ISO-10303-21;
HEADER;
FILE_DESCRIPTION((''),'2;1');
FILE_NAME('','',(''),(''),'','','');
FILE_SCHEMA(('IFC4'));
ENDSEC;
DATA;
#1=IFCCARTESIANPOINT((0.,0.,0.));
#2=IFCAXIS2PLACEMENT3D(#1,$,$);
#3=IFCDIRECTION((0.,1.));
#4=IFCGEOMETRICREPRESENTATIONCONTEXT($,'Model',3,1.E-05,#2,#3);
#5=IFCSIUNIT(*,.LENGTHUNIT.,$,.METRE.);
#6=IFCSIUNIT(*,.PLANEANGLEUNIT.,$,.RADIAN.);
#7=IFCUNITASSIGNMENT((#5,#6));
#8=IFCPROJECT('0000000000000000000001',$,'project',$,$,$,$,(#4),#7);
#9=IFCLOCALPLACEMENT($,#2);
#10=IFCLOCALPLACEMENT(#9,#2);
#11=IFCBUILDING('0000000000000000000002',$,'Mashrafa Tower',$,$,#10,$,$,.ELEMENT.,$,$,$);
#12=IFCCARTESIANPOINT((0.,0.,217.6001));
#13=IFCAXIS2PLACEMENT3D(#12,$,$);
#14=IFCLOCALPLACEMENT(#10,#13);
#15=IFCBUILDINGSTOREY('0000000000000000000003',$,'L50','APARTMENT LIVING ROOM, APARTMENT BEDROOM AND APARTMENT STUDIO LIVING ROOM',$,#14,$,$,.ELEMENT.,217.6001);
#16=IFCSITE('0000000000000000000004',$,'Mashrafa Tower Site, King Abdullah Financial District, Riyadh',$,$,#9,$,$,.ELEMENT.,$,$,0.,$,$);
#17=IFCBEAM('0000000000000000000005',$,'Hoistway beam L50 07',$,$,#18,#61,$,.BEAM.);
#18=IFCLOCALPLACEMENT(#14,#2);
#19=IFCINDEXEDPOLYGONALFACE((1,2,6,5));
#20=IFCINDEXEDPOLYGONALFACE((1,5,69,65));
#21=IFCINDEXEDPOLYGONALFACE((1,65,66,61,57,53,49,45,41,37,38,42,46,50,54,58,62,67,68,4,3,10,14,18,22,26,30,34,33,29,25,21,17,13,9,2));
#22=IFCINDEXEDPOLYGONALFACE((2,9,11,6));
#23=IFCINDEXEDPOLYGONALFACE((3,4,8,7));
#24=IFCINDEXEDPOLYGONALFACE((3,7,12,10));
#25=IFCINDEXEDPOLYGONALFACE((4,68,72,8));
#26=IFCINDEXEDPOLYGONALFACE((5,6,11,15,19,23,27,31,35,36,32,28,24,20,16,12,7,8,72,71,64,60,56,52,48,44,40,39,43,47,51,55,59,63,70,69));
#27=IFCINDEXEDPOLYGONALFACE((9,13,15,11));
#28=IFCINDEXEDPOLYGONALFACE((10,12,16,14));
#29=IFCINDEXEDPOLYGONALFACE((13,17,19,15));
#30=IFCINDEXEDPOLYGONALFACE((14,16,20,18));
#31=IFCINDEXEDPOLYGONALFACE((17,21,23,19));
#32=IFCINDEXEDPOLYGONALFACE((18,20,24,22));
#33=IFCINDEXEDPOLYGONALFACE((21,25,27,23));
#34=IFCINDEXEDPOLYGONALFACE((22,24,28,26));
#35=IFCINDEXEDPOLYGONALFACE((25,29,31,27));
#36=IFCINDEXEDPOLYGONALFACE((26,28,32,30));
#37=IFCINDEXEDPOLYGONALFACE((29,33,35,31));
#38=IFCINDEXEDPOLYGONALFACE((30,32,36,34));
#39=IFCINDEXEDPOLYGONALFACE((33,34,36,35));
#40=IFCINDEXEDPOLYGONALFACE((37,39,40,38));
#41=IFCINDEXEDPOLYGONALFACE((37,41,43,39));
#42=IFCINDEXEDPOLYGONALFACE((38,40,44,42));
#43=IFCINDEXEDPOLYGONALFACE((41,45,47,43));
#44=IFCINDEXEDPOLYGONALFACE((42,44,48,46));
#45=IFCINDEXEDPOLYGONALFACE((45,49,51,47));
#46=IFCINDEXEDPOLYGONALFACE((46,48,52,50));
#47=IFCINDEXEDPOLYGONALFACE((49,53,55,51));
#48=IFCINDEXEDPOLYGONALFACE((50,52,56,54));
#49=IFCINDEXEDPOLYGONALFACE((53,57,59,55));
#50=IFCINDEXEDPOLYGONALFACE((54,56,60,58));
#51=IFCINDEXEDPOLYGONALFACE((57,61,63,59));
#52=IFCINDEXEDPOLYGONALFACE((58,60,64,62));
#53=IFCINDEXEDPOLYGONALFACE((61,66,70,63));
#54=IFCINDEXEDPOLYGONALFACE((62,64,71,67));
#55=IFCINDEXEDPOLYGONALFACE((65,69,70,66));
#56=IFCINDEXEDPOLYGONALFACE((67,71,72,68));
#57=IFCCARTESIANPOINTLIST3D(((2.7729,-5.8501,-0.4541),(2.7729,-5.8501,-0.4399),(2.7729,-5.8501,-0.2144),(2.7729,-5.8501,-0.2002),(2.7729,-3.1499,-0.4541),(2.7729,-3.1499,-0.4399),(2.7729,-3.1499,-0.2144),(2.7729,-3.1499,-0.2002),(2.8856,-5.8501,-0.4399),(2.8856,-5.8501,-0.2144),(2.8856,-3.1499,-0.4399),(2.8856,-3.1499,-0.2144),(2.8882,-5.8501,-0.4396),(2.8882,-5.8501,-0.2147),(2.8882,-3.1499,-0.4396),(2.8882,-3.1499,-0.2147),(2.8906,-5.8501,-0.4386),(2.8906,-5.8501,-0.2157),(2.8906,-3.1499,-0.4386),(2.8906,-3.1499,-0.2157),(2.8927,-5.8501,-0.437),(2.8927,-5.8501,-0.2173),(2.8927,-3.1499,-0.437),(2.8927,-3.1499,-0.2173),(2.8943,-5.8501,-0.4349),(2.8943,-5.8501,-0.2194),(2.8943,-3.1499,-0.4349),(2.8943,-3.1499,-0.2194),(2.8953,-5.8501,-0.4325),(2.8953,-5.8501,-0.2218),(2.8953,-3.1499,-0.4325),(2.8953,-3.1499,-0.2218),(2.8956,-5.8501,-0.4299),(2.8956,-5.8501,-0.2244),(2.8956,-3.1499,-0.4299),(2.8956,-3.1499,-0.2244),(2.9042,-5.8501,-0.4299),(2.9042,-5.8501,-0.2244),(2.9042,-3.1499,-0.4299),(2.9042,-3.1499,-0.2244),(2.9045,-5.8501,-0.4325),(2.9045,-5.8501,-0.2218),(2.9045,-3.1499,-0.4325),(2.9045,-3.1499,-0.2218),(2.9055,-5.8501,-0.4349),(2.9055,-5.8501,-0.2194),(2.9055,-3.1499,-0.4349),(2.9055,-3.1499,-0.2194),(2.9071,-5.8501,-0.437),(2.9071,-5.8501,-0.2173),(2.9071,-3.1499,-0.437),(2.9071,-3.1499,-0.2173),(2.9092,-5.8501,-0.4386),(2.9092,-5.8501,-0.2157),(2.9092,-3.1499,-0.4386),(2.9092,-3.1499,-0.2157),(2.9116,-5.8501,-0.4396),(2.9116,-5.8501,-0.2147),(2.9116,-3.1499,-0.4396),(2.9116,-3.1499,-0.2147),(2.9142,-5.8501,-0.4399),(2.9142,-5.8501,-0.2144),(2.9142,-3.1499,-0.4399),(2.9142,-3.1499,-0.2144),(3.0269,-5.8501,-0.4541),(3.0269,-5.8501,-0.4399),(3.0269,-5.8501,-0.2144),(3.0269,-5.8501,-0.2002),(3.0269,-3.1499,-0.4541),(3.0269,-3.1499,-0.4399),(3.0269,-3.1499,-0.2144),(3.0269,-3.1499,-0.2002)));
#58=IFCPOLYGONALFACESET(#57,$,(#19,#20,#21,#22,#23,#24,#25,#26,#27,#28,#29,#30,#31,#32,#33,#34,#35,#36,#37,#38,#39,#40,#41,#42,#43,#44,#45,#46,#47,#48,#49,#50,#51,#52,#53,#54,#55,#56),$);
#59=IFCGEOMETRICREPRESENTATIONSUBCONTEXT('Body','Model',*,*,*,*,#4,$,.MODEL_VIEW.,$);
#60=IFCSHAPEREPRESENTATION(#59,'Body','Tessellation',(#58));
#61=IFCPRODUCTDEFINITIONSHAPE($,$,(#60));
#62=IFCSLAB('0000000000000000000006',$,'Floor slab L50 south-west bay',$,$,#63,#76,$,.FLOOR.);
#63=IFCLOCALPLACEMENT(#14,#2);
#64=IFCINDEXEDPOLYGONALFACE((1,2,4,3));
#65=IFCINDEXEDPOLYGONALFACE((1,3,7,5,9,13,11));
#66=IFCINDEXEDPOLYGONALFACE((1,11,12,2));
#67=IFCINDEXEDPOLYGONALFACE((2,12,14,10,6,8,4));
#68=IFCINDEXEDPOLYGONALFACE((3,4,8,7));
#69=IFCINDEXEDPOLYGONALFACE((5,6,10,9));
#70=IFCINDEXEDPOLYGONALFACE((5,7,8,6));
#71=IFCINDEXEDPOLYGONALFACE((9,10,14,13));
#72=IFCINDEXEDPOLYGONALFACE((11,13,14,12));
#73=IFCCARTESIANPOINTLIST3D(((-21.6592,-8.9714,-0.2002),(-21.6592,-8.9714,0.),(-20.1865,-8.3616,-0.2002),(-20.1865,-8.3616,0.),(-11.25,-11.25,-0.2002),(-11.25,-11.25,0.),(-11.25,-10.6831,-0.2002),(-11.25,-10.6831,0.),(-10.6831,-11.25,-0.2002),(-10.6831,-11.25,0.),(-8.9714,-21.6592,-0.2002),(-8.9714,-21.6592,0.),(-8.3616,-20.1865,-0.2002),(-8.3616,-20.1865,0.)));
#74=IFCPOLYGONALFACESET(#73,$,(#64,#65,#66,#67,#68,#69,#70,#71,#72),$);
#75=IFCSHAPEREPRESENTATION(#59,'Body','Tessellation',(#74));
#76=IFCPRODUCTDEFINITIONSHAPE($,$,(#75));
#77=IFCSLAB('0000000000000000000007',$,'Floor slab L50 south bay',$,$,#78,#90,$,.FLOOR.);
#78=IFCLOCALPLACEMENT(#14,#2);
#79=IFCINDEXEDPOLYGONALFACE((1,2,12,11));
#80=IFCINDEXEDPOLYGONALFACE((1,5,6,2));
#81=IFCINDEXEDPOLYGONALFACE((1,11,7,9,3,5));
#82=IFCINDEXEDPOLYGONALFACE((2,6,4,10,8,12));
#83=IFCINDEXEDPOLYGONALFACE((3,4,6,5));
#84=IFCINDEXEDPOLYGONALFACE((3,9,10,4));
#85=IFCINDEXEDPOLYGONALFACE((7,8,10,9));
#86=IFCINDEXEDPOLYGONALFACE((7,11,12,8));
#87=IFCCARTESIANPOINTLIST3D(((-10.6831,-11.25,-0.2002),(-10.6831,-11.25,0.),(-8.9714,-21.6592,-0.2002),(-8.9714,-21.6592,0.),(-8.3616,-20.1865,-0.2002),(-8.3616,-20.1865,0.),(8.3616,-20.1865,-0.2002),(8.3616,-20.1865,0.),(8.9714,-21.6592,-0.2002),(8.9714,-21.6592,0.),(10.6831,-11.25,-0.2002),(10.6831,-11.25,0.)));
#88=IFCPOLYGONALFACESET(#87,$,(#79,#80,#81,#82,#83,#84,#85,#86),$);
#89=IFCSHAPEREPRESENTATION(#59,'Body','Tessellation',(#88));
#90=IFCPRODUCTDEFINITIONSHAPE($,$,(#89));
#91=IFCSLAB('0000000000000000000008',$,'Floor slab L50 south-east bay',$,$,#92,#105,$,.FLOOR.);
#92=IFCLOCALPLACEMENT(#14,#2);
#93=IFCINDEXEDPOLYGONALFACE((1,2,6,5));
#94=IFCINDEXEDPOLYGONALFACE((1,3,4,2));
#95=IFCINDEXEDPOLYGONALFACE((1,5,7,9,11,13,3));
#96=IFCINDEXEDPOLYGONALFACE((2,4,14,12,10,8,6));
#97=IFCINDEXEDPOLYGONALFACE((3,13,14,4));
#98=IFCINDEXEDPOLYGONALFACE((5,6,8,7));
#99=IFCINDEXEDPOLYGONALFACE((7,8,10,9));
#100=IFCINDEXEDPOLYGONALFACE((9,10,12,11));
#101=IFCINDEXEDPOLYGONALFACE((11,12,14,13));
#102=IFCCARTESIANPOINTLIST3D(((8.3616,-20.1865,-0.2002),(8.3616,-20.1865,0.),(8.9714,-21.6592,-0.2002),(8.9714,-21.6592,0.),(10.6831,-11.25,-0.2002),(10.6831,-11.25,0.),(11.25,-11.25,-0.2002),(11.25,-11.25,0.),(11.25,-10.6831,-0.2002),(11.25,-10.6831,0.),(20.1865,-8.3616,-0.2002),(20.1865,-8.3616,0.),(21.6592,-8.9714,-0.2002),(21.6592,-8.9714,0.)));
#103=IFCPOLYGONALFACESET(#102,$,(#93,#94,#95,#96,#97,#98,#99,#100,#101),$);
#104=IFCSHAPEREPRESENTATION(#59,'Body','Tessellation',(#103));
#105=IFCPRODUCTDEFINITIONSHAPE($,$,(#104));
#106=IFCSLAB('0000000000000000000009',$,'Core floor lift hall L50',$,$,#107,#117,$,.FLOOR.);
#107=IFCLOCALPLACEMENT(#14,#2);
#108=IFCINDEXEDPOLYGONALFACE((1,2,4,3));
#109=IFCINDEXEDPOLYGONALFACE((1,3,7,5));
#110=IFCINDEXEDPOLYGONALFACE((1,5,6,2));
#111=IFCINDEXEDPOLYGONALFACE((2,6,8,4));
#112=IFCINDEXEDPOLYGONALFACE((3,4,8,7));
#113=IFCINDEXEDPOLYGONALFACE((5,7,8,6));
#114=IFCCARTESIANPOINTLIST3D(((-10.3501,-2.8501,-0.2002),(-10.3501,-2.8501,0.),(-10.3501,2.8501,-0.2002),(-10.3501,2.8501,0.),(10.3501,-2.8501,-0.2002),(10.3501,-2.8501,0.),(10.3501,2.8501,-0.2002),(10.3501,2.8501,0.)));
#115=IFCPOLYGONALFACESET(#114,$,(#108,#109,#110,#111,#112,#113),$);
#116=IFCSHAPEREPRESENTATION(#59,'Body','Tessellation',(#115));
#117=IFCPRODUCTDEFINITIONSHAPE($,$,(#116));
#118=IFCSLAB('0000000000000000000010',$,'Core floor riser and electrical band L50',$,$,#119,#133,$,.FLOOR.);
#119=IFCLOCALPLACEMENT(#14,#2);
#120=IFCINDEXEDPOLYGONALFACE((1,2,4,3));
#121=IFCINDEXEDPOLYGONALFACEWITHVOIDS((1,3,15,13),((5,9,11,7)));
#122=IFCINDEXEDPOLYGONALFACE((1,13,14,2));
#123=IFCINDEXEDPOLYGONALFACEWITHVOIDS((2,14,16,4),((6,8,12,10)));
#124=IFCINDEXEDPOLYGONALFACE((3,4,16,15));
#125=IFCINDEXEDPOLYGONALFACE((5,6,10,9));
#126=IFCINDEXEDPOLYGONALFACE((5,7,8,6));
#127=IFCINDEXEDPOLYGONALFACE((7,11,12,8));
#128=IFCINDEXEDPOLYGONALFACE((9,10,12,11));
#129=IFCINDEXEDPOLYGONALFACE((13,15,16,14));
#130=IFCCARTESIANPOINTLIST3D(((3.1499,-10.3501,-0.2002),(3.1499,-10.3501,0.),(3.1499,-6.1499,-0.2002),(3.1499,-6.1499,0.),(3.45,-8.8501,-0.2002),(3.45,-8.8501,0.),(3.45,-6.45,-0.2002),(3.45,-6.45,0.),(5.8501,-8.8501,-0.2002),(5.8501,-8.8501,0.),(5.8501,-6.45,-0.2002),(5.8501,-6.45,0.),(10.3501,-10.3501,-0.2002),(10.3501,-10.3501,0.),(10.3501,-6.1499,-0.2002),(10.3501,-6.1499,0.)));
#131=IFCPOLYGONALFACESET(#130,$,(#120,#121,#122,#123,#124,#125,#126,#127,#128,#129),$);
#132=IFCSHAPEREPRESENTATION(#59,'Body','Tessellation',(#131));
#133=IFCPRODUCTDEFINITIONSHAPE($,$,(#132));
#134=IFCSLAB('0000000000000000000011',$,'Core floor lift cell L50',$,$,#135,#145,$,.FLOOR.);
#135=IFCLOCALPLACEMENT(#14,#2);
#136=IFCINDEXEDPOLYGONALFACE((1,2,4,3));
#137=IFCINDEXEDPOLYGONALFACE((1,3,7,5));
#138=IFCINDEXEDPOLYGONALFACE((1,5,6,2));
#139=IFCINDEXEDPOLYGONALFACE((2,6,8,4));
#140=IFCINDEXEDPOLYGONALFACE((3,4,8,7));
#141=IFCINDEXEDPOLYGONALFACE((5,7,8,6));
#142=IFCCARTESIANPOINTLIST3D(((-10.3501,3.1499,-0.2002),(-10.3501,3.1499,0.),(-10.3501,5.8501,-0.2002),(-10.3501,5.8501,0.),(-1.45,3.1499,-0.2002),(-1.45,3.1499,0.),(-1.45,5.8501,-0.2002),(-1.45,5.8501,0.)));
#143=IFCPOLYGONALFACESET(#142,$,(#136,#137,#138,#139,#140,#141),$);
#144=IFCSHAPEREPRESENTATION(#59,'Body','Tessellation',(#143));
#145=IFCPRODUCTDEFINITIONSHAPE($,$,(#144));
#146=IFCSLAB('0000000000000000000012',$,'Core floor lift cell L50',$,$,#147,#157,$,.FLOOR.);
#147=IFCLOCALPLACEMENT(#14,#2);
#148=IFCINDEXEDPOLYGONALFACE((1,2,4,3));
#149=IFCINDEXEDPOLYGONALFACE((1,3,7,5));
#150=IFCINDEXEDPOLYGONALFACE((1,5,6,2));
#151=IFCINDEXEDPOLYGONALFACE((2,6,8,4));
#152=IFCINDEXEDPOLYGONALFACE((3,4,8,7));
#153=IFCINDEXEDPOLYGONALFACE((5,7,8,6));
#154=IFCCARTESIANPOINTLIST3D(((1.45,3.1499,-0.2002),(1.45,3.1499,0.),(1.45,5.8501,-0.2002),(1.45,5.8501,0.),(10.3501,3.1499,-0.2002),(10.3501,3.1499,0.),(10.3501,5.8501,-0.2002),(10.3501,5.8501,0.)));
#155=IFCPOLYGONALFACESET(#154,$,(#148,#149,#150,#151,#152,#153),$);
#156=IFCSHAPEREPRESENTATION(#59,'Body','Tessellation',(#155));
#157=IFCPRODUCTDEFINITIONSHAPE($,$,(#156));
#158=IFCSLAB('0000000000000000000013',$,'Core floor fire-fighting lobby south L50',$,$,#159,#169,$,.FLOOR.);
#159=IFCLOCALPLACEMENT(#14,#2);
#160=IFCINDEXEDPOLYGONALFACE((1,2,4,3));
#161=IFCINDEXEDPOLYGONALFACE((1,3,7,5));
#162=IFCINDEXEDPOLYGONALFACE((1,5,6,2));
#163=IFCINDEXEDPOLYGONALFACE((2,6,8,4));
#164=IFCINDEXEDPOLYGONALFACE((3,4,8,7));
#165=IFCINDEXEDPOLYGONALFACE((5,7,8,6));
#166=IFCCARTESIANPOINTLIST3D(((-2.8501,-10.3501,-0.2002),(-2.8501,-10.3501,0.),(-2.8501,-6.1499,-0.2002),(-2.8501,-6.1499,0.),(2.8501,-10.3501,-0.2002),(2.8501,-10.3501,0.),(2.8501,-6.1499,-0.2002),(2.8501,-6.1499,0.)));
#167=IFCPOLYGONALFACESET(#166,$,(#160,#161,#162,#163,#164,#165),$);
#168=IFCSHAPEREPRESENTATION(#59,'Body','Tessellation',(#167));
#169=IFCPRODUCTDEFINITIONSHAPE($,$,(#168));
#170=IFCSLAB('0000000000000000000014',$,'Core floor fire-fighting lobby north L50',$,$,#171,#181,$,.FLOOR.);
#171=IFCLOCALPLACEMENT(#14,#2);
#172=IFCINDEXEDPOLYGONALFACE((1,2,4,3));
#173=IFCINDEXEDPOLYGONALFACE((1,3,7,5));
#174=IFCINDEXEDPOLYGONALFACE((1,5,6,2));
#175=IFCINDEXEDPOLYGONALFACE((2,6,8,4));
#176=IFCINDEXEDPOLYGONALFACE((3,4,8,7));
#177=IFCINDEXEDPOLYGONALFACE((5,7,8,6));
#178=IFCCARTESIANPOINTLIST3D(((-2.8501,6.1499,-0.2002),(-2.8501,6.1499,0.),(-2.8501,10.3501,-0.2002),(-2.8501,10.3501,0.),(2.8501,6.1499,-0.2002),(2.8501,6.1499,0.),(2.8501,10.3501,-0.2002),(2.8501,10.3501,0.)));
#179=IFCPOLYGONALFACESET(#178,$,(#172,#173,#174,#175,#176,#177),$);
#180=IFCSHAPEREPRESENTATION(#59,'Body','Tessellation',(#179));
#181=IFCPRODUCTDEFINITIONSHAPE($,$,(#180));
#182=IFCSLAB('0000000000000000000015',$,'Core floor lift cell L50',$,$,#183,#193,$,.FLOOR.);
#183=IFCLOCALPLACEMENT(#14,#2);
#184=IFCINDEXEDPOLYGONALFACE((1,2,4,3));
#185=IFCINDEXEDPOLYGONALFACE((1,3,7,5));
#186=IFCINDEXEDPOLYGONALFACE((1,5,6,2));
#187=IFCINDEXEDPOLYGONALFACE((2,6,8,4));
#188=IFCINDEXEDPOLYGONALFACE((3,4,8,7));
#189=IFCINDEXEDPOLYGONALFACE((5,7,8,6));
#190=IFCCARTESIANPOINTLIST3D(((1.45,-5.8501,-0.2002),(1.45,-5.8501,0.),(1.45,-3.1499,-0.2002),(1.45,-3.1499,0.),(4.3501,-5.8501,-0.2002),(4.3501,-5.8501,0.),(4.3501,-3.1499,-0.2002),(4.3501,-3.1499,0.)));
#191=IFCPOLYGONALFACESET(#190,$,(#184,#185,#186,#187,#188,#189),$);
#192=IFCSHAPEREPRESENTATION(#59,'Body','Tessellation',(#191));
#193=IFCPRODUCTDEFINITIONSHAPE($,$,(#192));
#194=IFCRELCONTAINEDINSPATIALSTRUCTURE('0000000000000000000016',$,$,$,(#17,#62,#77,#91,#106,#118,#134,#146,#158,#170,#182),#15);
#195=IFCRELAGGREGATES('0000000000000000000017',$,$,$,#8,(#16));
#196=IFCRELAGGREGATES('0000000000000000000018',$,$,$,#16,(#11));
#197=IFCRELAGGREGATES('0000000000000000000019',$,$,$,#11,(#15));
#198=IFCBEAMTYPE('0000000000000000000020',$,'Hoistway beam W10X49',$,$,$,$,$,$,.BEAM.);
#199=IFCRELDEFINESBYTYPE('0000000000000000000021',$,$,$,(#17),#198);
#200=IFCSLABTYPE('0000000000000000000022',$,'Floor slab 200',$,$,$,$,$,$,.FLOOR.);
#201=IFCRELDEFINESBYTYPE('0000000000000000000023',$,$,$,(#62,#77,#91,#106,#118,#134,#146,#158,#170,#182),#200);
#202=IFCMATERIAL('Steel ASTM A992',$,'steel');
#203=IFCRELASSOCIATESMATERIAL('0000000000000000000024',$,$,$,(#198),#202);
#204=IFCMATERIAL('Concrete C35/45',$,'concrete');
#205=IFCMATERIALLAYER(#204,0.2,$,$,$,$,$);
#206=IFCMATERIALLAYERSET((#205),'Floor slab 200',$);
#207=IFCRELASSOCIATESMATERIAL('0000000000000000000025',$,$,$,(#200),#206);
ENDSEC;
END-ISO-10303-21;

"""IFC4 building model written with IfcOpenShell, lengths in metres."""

from ifc_helpers import new_model, si_unit, direction, frame, origin, origin_2d, place, context, subcontext, project, spatial, polyline, i_section, outline, extrude, material, layer, layer_set, material_profile, profile_set, type_object, element, save


model = new_model("IFC4")

# Units and contexts
model_context = context("Model", 3, precision=1e-05, world=origin(), true_north=direction((0.0, 1.0)))
body_context = subcontext(model_context, "Body", "Model", "MODEL_VIEW")
ifc_project = project(units=[si_unit("LENGTHUNIT", "METRE"), si_unit("PLANEANGLEUNIT", "RADIAN")], contexts=[model_context])

# Site, building, storey
site_placement = place(None, origin())
site = spatial("IfcSite", under=ifc_project, at=site_placement, Name="Mashrafa Tower Site, King Abdullah Financial District, Riyadh", CompositionType="ELEMENT", RefElevation=0.0)
building_placement = place(site_placement, origin())
building = spatial("IfcBuilding", under=site, at=building_placement, Name="Mashrafa Tower", CompositionType="ELEMENT")
storey_placement = place(building_placement, frame((0.0, 0.0, 217.6001)))
storey = spatial("IfcBuildingStorey", under=building, at=storey_placement, Name="L50", Description="APARTMENT LIVING ROOM, APARTMENT BEDROOM AND APARTMENT STUDIO LIVING ROOM", CompositionType="ELEMENT", Elevation=217.6001)

# Beam
ifc_material_1 = material(Name="Steel ASTM A992", Category="steel")
ifc_material_profile = material_profile(ifc_material_1, i_section(OverallWidth=0.2539, OverallDepth=0.2539, WebThickness=0.0085, FlangeThickness=0.0142, FilletRadius=0.01, at=origin_2d()), Name="W10X49")
ifc_profile_set = profile_set([ifc_material_profile], Name="Steel ASTM A992")
beam_type = type_object("IfcBeamType", Name="Hoistway beam W10X49", PredefinedType="BEAM", material=ifc_profile_set)
beam_placement = place(storey_placement, frame((2.8999, -5.8501, -0.3271), z_axis=(0.0, 1.0, 0.0), x_axis=(-1.0, 0.0, 0.0)))
element("IfcBeam", 1, at=beam_placement, inside=storey, type_object=beam_type, Name="Hoistway beam L50 07", PredefinedType="BEAM", context=body_context, shape_type="SweptSolid", body=[
    extrude(i_section(OverallWidth=0.2539, OverallDepth=0.2539, WebThickness=0.0085, FlangeThickness=0.0142, FilletRadius=0.01, at=origin_2d()), origin(), (0.0, 0.0, 1.0), 2.7002),
])

# Slabs
ifc_material_2 = material(Name="Concrete C35/45", Category="concrete")
ifc_layer_1 = layer(ifc_material_2, 0.2)
ifc_layer_set_1 = layer_set([ifc_layer_1], Name="Floor slab 200")
slab_type = type_object("IfcSlabType", Name="Floor slab 200", PredefinedType="FLOOR", material=ifc_layer_set_1)
slab_1_placement = place(storey_placement, frame((0.0, 0.0, -0.2002)))
element("IfcSlab", 2, at=slab_1_placement, inside=storey, type_object=slab_type, Name="Floor slab L50 south-west bay", PredefinedType="FLOOR", context=body_context, shape_type="SweptSolid", body=[
    extrude(outline(polyline([(-21.6592, -8.9714), (-20.1865, -8.3616), (-11.25, -10.6831), (-11.25, -11.25), (-10.6831, -11.25), (-8.3616, -20.1865), (-8.9714, -21.6592), (-21.6592, -8.9714)])), origin(), (0.0, 0.0, 1.0), 0.2002),
])
slab_2_placement = place(storey_placement, frame((0.0, 0.0, -0.2002)))
element("IfcSlab", 3, at=slab_2_placement, inside=storey, type_object=slab_type, Name="Floor slab L50 south bay", PredefinedType="FLOOR", context=body_context, shape_type="SweptSolid", body=[
    extrude(outline(polyline([(-8.9714, -21.6592), (-8.9714, -21.6592), (-8.3616, -20.1865), (-10.6831, -11.25), (10.6831, -11.25), (8.3616, -20.1865), (8.9714, -21.6592), (8.9714, -21.6592), (-8.9714, -21.6592)])), origin(), (0.0, 0.0, 1.0), 0.2002),
])
slab_3_placement = place(storey_placement, frame((0.0, 0.0, -0.2002)))
element("IfcSlab", 4, at=slab_3_placement, inside=storey, type_object=slab_type, Name="Floor slab L50 south-east bay", PredefinedType="FLOOR", context=body_context, shape_type="SweptSolid", body=[
    extrude(outline(polyline([(8.9714, -21.6592), (8.3616, -20.1865), (10.6831, -11.25), (11.25, -11.25), (11.25, -10.6831), (20.1865, -8.3616), (21.6592, -8.9714), (8.9714, -21.6592)])), origin(), (0.0, 0.0, 1.0), 0.2002),
])
slab_4_placement = place(storey_placement, frame((0.0, 0.0, -0.2002)))
element("IfcSlab", 5, at=slab_4_placement, inside=storey, type_object=slab_type, Name="Core floor lift hall L50", PredefinedType="FLOOR", context=body_context, shape_type="SweptSolid", body=[
    extrude(outline(polyline([(-10.3501, 2.8501), (10.3501, 2.8501), (10.3501, -2.8501), (-10.3501, -2.8501), (-10.3501, 2.8501)])), origin(), (0.0, 0.0, 1.0), 0.2002),
])
slab_5_placement = place(storey_placement, frame((0.0, 0.0, -0.2002)))
element("IfcSlab", 6, at=slab_5_placement, inside=storey, type_object=slab_type, Name="Core floor riser and electrical band L50", PredefinedType="FLOOR", context=body_context, shape_type="SweptSolid", body=[
    extrude(outline(polyline([(10.3501, -6.1499), (10.3501, -10.3501), (3.1499, -10.3501), (3.1499, -6.1499), (10.3501, -6.1499)]), holes=[polyline([(3.45, -8.8501), (5.8501, -8.8501), (5.8501, -6.45), (3.45, -6.45), (3.45, -8.8501)])]), origin(), (0.0, 0.0, 1.0), 0.2002),
])
slab_6_placement = place(storey_placement, frame((0.0, 0.0, -0.2002)))
element("IfcSlab", 7, at=slab_6_placement, inside=storey, type_object=slab_type, Name="Core floor lift cell L50", PredefinedType="FLOOR", context=body_context, shape_type="SweptSolid", body=[
    extrude(outline(polyline([(-10.3501, 5.8501), (-1.45, 5.8501), (-1.45, 3.1499), (-10.3501, 3.1499), (-10.3501, 5.8501)])), origin(), (0.0, 0.0, 1.0), 0.2002),
])
slab_7_placement = place(storey_placement, frame((0.0, 0.0, -0.2002)))
element("IfcSlab", 8, at=slab_7_placement, inside=storey, type_object=slab_type, Name="Core floor lift cell L50", PredefinedType="FLOOR", context=body_context, shape_type="SweptSolid", body=[
    extrude(outline(polyline([(1.45, 5.8501), (10.3501, 5.8501), (10.3501, 3.1499), (1.45, 3.1499), (1.45, 5.8501)])), origin(), (0.0, 0.0, 1.0), 0.2002),
])
slab_8_placement = place(storey_placement, frame((0.0, 0.0, -0.2002)))
element("IfcSlab", 9, at=slab_8_placement, inside=storey, type_object=slab_type, Name="Core floor fire-fighting lobby south L50", PredefinedType="FLOOR", context=body_context, shape_type="SweptSolid", body=[
    extrude(outline(polyline([(2.8501, -6.1499), (2.8501, -10.3501), (-2.8501, -10.3501), (-2.8501, -6.1499), (2.8501, -6.1499)])), origin(), (0.0, 0.0, 1.0), 0.2002),
])
slab_9_placement = place(storey_placement, frame((0.0, 0.0, -0.2002)))
element("IfcSlab", 10, at=slab_9_placement, inside=storey, type_object=slab_type, Name="Core floor fire-fighting lobby north L50", PredefinedType="FLOOR", context=body_context, shape_type="SweptSolid", body=[
    extrude(outline(polyline([(-2.8501, 10.3501), (2.8501, 10.3501), (2.8501, 6.1499), (-2.8501, 6.1499), (-2.8501, 10.3501)])), origin(), (0.0, 0.0, 1.0), 0.2002),
])
slab_10_placement = place(storey_placement, frame((0.0, 0.0, -0.2002)))
element("IfcSlab", 11, at=slab_10_placement, inside=storey, type_object=slab_type, Name="Core floor lift cell L50", PredefinedType="FLOOR", context=body_context, shape_type="SweptSolid", body=[
    extrude(outline(polyline([(4.3501, -3.1499), (4.3501, -5.8501), (1.45, -5.8501), (1.45, -3.1499), (4.3501, -3.1499)])), origin(), (0.0, 0.0, 1.0), 0.2002),
])

save(model, "model.ifc")
